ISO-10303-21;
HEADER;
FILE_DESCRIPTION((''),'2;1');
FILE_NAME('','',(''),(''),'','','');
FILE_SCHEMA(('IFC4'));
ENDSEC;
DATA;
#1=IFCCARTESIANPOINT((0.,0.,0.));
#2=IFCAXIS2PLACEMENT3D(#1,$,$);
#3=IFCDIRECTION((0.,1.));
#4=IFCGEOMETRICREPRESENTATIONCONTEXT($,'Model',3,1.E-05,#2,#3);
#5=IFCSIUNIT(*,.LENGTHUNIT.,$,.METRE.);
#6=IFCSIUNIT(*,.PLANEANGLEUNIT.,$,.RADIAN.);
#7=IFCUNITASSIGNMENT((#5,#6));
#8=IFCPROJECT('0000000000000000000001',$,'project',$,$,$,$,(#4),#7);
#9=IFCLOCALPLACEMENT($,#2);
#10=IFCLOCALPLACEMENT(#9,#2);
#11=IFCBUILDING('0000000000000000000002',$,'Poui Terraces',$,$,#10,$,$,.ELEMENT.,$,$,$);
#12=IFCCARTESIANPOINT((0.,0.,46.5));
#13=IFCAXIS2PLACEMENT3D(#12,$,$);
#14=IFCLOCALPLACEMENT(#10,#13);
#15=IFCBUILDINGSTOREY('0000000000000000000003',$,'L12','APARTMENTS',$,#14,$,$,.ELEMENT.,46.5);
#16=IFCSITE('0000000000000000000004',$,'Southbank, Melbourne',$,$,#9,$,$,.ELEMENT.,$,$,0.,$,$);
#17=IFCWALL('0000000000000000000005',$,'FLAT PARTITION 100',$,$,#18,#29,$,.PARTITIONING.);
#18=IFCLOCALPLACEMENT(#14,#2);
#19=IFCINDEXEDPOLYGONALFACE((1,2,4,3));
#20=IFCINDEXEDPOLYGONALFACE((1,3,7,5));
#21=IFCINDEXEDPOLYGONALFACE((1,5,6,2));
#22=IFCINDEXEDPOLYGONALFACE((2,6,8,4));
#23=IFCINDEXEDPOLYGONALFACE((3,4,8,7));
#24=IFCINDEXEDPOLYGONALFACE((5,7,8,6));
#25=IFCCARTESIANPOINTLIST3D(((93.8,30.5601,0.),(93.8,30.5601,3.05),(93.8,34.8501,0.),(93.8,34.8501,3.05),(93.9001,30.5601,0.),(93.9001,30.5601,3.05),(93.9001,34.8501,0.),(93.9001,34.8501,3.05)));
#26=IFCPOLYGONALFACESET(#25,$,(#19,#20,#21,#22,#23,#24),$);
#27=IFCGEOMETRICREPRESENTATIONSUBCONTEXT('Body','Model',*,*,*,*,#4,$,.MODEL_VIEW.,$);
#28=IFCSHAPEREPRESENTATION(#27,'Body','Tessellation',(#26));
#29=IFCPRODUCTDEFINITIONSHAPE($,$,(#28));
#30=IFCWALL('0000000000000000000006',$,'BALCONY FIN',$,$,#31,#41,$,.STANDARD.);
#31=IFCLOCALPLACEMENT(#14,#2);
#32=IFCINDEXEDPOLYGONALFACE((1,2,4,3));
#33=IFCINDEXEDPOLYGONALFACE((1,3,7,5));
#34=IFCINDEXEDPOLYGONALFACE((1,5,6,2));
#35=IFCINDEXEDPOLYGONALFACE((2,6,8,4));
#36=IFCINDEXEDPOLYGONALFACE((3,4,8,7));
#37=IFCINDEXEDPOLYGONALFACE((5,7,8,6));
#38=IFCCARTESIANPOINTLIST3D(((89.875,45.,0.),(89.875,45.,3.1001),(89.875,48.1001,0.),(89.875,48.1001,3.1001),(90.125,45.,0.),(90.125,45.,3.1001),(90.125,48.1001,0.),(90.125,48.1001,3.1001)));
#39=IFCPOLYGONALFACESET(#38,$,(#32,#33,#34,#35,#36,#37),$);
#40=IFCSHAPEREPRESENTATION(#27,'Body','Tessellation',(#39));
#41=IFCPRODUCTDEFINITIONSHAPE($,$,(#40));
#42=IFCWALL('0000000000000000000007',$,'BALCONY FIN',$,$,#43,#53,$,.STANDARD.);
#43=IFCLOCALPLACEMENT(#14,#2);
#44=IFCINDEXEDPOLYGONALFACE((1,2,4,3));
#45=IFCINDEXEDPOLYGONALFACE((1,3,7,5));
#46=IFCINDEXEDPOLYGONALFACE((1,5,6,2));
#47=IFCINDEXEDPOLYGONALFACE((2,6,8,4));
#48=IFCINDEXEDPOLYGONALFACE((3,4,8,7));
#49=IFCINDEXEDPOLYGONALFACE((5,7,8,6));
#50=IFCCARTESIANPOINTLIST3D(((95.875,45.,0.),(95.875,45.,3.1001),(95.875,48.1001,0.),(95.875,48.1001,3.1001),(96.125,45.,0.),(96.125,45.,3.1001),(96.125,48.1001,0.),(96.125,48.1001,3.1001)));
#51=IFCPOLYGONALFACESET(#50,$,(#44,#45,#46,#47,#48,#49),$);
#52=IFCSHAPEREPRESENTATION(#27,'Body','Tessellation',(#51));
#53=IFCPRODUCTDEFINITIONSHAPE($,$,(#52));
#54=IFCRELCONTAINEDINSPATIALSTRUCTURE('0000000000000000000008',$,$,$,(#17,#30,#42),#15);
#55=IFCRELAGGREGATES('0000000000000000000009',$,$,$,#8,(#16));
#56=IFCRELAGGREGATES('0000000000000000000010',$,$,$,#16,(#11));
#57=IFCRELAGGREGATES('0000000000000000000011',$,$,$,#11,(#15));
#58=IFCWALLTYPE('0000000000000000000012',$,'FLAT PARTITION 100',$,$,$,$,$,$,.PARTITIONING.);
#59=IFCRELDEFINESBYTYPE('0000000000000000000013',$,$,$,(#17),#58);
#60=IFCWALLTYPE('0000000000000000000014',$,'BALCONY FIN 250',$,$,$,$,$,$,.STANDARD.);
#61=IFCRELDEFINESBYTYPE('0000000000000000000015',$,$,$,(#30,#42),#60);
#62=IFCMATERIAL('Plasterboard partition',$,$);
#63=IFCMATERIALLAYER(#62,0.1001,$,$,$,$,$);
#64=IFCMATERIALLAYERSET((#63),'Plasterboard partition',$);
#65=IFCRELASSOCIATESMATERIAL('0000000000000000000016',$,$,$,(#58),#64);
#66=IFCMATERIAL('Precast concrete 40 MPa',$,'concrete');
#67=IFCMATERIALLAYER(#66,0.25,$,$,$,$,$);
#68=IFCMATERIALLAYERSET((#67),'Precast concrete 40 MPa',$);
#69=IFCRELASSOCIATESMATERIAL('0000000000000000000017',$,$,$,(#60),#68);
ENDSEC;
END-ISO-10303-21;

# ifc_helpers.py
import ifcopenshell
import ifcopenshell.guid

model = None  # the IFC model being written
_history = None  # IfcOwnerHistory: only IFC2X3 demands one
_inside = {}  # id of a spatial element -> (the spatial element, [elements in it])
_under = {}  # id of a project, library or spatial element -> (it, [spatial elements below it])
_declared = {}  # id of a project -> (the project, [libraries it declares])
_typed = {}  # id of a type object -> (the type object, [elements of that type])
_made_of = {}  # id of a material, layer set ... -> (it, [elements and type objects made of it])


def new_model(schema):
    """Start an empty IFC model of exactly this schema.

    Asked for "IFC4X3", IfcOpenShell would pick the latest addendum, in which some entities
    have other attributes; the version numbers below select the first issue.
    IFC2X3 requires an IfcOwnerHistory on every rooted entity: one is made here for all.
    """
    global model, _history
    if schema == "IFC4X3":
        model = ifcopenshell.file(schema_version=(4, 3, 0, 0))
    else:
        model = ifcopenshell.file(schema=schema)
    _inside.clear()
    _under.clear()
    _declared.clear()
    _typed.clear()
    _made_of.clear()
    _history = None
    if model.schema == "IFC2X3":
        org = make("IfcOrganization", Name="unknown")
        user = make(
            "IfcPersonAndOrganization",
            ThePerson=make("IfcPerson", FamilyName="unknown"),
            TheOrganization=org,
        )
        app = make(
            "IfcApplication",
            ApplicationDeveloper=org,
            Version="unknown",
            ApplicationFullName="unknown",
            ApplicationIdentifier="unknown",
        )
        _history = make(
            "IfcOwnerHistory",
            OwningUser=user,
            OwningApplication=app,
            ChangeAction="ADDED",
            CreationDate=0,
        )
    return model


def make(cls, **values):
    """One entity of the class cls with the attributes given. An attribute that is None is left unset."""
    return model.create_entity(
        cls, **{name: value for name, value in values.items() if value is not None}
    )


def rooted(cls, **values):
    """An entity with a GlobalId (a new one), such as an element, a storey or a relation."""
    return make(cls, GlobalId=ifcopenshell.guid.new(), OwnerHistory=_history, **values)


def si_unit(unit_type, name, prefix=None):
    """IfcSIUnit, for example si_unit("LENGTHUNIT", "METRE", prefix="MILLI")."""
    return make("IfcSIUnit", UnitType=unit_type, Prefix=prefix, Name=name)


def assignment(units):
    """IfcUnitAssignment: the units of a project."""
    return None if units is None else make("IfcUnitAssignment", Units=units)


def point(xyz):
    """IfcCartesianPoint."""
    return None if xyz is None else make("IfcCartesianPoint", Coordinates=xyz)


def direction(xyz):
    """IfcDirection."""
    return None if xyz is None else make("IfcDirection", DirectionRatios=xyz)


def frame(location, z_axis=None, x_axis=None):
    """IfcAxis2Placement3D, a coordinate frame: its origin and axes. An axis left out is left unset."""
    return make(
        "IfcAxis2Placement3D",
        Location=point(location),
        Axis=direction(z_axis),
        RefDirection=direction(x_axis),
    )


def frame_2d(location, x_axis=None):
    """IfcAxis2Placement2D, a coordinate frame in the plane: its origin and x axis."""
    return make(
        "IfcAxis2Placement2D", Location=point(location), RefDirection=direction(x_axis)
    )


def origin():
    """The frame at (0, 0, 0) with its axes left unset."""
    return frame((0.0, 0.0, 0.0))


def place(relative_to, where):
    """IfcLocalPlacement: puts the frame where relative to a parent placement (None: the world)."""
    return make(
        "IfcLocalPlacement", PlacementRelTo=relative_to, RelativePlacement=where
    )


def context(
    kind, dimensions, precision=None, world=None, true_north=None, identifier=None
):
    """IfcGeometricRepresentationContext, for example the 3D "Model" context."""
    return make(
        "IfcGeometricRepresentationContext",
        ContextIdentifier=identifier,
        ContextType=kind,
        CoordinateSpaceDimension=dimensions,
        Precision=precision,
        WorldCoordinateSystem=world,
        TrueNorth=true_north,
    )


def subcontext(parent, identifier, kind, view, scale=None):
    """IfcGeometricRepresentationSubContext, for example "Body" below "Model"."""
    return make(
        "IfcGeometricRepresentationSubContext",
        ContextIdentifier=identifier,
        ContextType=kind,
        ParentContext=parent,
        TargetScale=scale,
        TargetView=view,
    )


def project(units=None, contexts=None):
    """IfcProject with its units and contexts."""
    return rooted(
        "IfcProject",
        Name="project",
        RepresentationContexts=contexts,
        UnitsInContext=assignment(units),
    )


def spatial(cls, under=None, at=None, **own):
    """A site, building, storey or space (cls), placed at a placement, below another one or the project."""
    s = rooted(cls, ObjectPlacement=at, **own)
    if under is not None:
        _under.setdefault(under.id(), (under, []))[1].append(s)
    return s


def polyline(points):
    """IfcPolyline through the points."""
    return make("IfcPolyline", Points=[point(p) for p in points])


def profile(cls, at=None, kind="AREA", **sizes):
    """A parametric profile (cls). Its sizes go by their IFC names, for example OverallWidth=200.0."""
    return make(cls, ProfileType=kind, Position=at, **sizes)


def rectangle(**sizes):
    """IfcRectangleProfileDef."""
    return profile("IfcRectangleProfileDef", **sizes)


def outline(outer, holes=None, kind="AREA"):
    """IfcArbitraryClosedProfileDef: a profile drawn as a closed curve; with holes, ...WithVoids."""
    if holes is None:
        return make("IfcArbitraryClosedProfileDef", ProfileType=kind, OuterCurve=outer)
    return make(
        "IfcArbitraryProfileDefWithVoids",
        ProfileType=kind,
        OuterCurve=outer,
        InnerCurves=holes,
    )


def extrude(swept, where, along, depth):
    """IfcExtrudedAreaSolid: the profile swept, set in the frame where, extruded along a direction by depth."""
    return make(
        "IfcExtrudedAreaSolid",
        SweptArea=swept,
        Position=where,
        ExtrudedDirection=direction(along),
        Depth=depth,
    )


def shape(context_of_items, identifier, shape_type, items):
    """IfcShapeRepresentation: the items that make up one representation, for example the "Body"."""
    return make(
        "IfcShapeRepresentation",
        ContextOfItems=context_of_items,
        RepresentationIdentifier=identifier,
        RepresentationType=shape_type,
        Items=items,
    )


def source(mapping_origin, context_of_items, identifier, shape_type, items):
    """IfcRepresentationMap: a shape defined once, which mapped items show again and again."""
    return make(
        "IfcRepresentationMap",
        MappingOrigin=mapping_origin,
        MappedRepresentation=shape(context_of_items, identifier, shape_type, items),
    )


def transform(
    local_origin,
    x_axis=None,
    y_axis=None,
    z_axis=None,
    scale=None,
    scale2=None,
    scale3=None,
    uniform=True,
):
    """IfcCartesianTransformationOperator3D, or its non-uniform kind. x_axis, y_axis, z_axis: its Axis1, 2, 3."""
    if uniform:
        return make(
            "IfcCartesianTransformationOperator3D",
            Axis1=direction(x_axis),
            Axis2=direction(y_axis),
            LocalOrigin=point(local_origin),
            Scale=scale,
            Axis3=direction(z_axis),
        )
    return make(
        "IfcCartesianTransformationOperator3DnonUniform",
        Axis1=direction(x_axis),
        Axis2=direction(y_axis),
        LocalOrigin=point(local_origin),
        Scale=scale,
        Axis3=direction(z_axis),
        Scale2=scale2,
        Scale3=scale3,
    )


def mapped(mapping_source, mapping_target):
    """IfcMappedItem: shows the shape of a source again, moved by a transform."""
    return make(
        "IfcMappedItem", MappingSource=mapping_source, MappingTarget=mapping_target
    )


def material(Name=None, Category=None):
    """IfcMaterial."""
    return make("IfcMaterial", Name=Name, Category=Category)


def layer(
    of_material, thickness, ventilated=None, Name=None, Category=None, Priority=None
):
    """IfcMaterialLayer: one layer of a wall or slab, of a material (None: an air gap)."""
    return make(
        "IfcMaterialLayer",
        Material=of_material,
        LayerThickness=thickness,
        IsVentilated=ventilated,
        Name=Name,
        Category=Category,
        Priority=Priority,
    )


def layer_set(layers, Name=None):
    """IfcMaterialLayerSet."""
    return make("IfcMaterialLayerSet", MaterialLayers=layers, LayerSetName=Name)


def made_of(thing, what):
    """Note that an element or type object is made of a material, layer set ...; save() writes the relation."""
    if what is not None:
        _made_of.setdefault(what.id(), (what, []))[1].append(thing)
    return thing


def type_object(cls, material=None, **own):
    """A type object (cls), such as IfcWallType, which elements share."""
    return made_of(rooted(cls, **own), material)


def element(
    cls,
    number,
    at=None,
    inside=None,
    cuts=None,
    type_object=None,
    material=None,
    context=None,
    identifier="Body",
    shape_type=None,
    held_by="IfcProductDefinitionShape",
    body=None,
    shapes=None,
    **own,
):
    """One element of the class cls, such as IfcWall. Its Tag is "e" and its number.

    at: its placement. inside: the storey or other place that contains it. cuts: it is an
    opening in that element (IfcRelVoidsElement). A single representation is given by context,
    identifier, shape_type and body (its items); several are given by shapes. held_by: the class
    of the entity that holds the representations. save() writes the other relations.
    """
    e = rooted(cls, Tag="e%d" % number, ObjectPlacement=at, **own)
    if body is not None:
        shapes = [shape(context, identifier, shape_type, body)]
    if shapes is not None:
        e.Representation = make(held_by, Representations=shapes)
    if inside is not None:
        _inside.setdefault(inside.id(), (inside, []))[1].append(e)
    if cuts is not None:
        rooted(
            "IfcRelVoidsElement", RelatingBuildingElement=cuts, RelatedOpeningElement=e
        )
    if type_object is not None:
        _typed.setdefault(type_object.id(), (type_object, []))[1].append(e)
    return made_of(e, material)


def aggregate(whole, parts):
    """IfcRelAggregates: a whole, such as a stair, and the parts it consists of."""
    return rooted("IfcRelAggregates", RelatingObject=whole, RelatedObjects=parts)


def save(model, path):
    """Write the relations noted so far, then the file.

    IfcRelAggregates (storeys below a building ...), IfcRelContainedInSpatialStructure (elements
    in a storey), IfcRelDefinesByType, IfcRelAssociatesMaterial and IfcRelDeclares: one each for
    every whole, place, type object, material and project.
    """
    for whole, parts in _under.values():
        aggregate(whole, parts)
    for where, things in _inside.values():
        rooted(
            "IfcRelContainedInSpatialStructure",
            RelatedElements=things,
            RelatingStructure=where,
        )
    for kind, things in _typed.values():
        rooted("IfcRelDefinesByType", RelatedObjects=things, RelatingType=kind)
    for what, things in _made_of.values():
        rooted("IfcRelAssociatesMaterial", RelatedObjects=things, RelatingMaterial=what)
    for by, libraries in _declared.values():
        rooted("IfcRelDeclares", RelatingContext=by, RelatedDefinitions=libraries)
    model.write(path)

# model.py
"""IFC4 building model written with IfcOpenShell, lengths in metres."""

from ifc_helpers import new_model, si_unit, direction, frame, frame_2d, origin, place, context, subcontext, project, spatial, polyline, rectangle, outline, extrude, source, transform, mapped, material, layer, layer_set, type_object, element, save


model = new_model("IFC4")

# Units and contexts
model_context = context("Model", 3, precision=1e-05, world=origin(), true_north=direction((0.0, 1.0)))
body_context = subcontext(model_context, "Body", "Model", "MODEL_VIEW")
ifc_project = project(units=[si_unit("LENGTHUNIT", "METRE"), si_unit("PLANEANGLEUNIT", "RADIAN")], contexts=[model_context])

# Site, building, storey
site_placement = place(None, origin())
site = spatial("IfcSite", under=ifc_project, at=site_placement, Name="Southbank, Melbourne", CompositionType="ELEMENT", RefElevation=0.0)
building_placement = place(site_placement, origin())
building = spatial("IfcBuilding", under=site, at=building_placement, Name="Poui Terraces", CompositionType="ELEMENT")
storey_placement = place(building_placement, frame((0.0, 0.0, 46.5)))
storey = spatial("IfcBuildingStorey", under=building, at=storey_placement, Name="L12", Description="APARTMENTS", CompositionType="ELEMENT", Elevation=46.5)

# Shared definitions
ifc_material_1 = material(Name="Plasterboard partition")
ifc_layer_1 = layer(ifc_material_1, 0.1001)
ifc_layer_set_1 = layer_set([ifc_layer_1], Name="Plasterboard partition")
wall_type_1 = type_object("IfcWallType", Name="FLAT PARTITION 100", PredefinedType="PARTITIONING", material=ifc_layer_set_1)

# Walls
wall_1_placement = place(storey_placement, frame((93.8501, 30.5601, 0.0), z_axis=(0.0, 0.0, 1.0), x_axis=(0.0, 1.0, 0.0)))
element("IfcWall", 1, at=wall_1_placement, inside=storey, type_object=wall_type_1, Name="FLAT PARTITION 100", PredefinedType="PARTITIONING", context=body_context, shape_type="SweptSolid", body=[
    extrude(rectangle(XDim=4.29, YDim=0.1001, at=frame_2d((2.145, 0.0))), origin(), (0.0, 0.0, 1.0), 3.05),
])
ifc_material_2 = material(Name="Precast concrete 40 MPa", Category="concrete")
ifc_layer_2 = layer(ifc_material_2, 0.25)
ifc_layer_set_2 = layer_set([ifc_layer_2], Name="Precast concrete 40 MPa")
wall_type_2 = type_object("IfcWallType", Name="BALCONY FIN 250", PredefinedType="STANDARD", material=ifc_layer_set_2)
shared_shape_1 = source(origin(), body_context, "Body", "SweptSolid", [
    extrude(outline(polyline([(0.0, 0.0), (0.25, 0.0), (0.25, 3.1001), (0.0, 3.1001), (0.0, 0.0)])), origin(), (0.0, 0.0, 1.0), 3.1001),
])
for number, where, name in (
    (2, (89.875, 45.0, 0.0), "BALCONY FIN"),
    (3, (95.875, 45.0, 0.0), "BALCONY FIN"),
):
    element("IfcWall", number, at=place(storey_placement, frame(where)), inside=storey, type_object=wall_type_2, Name=name, PredefinedType="STANDARD", context=body_context, shape_type="MappedRepresentation", body=[
        mapped(shared_shape_1, transform((0.0, 0.0, 0.0))),
    ])

save(model, "model.ifc")
